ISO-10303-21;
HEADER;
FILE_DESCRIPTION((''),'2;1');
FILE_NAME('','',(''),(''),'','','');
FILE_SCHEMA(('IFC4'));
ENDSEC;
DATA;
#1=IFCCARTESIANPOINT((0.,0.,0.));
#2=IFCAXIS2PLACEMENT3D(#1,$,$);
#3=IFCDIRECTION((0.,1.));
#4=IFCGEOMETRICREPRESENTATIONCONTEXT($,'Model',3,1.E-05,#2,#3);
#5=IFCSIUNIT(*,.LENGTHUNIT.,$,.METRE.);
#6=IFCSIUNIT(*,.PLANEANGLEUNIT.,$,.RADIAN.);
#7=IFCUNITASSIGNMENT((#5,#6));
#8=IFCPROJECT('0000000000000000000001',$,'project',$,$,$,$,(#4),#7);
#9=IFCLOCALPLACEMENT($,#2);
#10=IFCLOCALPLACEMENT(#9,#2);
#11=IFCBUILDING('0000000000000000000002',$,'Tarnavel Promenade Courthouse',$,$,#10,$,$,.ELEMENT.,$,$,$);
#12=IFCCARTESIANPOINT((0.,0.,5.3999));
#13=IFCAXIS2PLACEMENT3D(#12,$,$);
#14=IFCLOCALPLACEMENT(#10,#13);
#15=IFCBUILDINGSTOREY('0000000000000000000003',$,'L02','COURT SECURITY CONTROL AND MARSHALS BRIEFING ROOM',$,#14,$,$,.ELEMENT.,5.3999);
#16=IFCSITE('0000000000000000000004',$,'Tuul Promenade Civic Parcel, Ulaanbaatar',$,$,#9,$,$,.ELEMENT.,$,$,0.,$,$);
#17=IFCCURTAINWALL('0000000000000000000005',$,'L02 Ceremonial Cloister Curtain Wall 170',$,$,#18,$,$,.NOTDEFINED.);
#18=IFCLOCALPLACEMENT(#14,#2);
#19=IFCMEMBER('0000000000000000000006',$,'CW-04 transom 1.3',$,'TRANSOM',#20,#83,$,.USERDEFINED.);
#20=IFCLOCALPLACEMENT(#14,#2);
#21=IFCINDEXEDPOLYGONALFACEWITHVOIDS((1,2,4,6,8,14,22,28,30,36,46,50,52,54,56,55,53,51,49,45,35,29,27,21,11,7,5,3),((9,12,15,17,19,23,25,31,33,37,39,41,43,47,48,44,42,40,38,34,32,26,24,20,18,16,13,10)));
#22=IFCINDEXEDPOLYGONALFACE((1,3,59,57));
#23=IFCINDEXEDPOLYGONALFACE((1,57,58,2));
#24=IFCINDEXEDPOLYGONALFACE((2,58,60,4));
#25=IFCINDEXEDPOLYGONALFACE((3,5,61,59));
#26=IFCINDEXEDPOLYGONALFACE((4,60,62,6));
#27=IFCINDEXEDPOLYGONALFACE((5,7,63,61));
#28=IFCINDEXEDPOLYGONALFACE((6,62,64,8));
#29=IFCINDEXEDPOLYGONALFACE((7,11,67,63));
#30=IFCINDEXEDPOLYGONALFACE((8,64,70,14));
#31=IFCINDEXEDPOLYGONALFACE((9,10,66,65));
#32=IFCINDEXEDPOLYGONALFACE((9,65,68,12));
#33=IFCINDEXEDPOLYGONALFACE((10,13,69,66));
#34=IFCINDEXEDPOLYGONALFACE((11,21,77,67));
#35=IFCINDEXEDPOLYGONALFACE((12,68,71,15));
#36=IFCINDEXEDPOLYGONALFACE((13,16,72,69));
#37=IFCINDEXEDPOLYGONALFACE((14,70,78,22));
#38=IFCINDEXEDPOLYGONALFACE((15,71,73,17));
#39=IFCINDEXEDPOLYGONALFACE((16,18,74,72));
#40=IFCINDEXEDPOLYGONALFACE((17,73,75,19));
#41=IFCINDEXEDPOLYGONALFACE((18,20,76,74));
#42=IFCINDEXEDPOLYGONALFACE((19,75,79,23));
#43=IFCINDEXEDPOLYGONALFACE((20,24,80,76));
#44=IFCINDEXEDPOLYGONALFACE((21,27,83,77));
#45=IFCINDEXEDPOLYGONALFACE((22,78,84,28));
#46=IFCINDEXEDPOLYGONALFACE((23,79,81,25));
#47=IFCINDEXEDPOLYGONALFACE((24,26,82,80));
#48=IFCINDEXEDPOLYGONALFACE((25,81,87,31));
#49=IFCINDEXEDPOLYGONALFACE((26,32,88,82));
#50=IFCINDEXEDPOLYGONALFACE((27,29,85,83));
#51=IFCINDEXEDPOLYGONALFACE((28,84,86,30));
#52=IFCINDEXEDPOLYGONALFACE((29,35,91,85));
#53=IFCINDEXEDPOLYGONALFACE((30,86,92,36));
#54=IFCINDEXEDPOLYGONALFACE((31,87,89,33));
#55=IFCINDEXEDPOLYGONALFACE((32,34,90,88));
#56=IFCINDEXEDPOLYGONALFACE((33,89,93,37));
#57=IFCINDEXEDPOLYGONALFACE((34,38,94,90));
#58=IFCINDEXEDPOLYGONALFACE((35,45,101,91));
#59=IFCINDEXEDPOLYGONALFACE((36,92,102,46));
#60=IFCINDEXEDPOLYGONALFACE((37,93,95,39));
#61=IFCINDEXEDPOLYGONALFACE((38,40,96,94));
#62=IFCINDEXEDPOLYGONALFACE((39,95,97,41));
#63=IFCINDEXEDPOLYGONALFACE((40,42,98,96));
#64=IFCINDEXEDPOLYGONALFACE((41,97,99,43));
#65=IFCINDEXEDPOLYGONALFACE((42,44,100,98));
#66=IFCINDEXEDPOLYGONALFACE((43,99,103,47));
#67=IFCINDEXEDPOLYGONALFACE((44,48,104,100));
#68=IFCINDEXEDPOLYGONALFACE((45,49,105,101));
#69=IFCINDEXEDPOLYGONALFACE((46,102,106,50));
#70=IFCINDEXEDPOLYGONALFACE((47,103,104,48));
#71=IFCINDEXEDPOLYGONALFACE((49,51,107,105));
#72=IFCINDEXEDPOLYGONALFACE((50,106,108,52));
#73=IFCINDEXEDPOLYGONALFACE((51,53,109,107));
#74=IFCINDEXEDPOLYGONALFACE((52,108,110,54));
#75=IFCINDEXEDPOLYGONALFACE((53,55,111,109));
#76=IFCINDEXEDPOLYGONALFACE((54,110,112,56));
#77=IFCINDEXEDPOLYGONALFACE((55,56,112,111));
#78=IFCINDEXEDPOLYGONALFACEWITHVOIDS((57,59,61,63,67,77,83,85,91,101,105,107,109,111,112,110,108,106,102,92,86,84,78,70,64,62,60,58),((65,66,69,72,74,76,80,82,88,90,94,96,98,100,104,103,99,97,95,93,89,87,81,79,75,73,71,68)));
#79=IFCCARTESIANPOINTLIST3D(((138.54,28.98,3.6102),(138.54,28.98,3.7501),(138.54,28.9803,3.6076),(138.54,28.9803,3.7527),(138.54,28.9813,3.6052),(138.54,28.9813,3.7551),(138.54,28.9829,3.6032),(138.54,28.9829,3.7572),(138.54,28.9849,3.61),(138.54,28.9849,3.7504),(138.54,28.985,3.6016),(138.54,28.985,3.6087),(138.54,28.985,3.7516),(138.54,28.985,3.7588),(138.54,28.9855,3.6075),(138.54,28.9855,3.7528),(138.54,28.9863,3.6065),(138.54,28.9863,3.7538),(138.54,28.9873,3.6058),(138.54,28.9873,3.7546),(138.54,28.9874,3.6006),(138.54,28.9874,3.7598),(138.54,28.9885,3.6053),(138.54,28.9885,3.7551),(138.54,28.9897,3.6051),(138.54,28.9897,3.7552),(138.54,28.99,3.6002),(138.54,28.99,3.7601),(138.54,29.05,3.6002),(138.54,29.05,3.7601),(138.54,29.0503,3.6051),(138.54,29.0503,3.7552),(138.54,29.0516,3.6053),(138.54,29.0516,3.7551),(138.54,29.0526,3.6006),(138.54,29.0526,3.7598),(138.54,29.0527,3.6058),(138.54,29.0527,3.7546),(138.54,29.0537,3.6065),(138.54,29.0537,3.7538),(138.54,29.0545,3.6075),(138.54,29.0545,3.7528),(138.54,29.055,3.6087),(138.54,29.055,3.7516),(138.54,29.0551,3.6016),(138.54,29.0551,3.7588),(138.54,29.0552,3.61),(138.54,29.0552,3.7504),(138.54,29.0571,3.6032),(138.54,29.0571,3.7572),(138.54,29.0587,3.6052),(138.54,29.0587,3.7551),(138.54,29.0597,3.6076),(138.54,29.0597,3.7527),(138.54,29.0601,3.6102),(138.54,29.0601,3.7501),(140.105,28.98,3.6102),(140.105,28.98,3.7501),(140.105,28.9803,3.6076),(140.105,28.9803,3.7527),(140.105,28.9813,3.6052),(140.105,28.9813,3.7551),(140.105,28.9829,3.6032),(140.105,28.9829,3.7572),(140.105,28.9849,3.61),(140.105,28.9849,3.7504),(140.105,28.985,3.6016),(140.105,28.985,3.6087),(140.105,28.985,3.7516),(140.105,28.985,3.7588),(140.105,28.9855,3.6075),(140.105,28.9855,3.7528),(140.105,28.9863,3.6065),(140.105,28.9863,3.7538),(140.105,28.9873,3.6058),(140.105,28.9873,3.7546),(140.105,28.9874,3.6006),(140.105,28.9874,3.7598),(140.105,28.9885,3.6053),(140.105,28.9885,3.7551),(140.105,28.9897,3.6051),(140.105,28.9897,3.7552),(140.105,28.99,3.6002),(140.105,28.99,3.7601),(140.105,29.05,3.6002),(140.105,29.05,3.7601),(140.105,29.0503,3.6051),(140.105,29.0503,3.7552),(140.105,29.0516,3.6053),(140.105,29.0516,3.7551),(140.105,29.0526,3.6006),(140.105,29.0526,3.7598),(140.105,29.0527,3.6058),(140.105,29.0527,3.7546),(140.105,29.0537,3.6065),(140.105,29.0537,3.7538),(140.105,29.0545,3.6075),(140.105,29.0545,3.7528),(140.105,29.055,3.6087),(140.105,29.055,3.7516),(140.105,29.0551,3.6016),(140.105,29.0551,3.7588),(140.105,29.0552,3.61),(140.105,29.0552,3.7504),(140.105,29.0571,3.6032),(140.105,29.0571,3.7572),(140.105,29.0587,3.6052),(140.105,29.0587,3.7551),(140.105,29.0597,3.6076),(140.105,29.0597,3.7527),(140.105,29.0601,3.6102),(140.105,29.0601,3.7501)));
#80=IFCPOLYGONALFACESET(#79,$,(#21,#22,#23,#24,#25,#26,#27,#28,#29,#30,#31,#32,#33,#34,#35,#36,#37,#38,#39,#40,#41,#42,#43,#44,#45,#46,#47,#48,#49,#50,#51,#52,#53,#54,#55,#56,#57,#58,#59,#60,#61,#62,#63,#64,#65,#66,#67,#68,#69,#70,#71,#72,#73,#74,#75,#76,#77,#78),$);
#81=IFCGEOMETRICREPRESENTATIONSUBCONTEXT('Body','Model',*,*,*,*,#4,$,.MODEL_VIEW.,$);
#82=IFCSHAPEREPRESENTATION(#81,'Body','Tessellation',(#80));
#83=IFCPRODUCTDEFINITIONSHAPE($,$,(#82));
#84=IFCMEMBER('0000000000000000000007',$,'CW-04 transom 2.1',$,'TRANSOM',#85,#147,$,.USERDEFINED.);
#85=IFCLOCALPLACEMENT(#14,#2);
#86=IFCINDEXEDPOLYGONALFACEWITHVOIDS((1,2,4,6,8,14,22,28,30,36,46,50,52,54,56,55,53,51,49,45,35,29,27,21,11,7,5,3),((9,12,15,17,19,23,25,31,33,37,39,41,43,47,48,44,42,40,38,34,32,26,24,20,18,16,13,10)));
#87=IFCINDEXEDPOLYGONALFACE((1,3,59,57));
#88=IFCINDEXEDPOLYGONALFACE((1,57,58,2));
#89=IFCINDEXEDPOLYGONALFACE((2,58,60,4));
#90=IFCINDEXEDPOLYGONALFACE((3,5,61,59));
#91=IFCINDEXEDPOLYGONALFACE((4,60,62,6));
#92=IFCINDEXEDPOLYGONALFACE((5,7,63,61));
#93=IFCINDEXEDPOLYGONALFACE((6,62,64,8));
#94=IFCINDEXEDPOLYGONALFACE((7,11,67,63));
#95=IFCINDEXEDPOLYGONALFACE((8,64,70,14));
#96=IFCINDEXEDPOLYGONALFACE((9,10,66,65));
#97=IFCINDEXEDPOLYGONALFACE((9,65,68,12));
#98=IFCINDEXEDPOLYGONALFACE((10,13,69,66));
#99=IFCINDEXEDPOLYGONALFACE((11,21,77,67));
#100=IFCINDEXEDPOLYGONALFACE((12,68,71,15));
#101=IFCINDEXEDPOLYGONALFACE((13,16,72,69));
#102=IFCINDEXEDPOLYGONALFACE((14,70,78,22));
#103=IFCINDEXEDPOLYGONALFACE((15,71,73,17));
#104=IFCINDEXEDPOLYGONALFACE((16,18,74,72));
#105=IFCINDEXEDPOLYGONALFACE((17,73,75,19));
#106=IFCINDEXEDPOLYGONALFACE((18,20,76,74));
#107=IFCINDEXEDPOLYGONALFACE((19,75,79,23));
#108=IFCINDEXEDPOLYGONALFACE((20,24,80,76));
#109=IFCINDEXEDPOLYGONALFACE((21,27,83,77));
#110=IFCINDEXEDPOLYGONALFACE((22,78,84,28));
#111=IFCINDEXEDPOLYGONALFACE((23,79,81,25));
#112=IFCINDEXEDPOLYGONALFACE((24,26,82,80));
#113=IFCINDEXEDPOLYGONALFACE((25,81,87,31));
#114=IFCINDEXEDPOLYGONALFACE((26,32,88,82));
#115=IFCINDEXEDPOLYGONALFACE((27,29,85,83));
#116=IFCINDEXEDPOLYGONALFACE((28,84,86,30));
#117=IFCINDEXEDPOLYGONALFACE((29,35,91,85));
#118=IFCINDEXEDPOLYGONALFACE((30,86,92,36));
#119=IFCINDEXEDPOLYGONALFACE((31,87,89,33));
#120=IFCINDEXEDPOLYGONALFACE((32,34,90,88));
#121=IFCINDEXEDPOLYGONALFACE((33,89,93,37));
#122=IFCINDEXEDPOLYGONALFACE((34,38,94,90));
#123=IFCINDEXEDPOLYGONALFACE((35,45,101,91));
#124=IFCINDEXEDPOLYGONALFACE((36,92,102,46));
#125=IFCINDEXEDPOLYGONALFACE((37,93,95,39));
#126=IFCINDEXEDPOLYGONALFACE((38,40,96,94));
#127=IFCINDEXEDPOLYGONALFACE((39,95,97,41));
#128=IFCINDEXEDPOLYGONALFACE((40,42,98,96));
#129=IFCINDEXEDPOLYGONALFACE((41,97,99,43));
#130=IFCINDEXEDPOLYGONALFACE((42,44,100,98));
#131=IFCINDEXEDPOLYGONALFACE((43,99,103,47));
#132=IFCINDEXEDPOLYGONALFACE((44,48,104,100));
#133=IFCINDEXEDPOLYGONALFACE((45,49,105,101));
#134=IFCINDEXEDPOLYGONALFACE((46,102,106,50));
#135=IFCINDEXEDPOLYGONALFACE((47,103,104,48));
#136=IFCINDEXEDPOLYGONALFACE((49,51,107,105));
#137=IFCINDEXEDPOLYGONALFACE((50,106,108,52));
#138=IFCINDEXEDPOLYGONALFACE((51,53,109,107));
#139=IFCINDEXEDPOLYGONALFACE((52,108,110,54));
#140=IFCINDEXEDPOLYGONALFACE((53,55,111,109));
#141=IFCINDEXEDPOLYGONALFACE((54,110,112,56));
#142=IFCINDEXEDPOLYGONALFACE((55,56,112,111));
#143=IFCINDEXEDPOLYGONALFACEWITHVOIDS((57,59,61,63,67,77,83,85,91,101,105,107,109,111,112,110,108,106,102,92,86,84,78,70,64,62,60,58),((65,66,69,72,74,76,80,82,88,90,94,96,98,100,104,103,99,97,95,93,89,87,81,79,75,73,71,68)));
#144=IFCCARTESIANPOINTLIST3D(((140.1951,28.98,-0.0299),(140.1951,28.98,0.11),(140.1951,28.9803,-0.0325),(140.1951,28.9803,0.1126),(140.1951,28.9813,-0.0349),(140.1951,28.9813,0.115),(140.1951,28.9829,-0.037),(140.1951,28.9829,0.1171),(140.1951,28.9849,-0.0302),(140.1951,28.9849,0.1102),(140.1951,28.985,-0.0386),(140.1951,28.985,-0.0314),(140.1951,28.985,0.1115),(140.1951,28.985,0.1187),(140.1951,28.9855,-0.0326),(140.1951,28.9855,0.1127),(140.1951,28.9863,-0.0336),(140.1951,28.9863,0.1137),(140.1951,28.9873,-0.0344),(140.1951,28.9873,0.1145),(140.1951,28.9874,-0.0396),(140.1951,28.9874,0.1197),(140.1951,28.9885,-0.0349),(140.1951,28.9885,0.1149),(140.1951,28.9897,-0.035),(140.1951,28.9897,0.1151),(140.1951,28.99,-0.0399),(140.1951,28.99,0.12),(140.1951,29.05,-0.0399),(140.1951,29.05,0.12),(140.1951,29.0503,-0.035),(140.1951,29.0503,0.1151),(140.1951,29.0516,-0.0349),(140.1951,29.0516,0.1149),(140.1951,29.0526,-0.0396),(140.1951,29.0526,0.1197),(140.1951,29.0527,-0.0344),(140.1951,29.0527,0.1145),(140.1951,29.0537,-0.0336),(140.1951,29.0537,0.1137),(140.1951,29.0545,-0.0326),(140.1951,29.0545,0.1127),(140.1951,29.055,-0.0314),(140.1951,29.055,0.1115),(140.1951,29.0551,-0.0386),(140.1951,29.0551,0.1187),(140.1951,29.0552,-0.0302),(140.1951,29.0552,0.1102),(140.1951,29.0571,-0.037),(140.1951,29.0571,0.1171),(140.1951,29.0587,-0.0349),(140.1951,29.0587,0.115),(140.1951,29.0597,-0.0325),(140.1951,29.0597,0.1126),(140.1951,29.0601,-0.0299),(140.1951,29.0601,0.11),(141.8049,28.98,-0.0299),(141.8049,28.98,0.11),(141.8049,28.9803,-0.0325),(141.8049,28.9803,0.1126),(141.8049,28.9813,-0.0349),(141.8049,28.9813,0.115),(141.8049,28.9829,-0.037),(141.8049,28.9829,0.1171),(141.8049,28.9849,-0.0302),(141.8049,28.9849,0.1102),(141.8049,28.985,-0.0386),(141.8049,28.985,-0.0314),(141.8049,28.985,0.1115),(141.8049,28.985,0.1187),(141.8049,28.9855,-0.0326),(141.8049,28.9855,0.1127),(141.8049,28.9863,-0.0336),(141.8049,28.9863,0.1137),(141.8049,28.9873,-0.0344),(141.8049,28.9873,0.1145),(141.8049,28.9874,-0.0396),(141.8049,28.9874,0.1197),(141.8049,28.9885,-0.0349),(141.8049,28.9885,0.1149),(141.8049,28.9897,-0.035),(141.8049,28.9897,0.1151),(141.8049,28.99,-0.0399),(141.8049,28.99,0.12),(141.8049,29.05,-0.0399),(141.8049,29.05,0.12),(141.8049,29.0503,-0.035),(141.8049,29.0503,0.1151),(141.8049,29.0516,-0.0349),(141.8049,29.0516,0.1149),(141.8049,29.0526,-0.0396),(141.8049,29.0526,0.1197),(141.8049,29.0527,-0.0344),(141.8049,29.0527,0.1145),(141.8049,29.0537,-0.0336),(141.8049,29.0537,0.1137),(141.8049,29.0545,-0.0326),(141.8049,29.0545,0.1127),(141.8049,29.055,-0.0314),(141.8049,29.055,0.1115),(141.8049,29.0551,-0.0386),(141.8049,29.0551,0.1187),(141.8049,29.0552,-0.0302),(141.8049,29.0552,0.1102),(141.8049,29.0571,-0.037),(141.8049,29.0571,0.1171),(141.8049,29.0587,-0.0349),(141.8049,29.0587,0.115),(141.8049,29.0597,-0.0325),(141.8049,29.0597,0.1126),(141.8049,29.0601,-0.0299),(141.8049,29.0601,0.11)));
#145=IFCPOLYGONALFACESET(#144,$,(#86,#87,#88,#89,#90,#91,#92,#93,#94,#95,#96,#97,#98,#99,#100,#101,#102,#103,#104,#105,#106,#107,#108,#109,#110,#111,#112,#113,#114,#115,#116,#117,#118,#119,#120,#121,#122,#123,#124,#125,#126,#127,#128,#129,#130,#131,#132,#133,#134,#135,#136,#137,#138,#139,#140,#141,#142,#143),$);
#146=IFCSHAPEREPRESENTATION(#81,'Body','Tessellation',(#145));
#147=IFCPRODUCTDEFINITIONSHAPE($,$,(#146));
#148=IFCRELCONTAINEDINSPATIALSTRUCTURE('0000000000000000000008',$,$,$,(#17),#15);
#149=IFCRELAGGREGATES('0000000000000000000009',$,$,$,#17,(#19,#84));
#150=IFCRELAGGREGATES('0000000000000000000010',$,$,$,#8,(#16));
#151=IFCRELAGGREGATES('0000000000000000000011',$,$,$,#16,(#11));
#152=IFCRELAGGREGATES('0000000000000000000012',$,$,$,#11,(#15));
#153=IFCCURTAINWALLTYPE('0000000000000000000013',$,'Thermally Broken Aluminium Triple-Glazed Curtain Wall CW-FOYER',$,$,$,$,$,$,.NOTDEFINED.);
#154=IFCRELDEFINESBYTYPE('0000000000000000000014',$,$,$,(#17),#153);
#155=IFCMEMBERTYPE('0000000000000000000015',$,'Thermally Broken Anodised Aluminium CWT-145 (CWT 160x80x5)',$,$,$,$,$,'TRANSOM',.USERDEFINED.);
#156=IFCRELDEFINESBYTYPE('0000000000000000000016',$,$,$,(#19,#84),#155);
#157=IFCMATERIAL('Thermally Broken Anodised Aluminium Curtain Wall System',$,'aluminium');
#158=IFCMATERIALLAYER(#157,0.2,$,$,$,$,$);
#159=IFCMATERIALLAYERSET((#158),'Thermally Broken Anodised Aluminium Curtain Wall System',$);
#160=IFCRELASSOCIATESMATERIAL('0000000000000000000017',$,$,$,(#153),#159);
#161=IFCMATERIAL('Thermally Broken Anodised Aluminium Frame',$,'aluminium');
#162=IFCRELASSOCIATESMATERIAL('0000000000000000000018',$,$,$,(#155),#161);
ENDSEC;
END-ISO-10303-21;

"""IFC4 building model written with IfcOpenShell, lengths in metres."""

from ifc_helpers import new_model, si_unit, direction, frame, origin, origin_2d, place, context, subcontext, project, spatial, hollow_rectangle, extrude, material, layer, layer_set, material_profile, profile_set, type_object, element, aggregate, save


model = new_model("IFC4")

# Units and contexts
model_context = context("Model", 3, precision=1e-05, world=origin(), true_north=direction((0.0, 1.0)))
body_context = subcontext(model_context, "Body", "Model", "MODEL_VIEW")
ifc_project = project(units=[si_unit("LENGTHUNIT", "METRE"), si_unit("PLANEANGLEUNIT", "RADIAN")], contexts=[model_context])

# Site, building, storey
site_placement = place(None, origin())
site = spatial("IfcSite", under=ifc_project, at=site_placement, Name="Tuul Promenade Civic Parcel, Ulaanbaatar", CompositionType="ELEMENT", RefElevation=0.0)
building_placement = place(site_placement, origin())
building = spatial("IfcBuilding", under=site, at=building_placement, Name="Tarnavel Promenade Courthouse", CompositionType="ELEMENT")
storey_placement = place(building_placement, frame((0.0, 0.0, 5.3999)))
storey = spatial("IfcBuildingStorey", under=building, at=storey_placement, Name="L02", Description="COURT SECURITY CONTROL AND MARSHALS BRIEFING ROOM", CompositionType="ELEMENT", Elevation=5.3999)

# Curtain wall
ifc_material_1 = material(Name="Thermally Broken Anodised Aluminium Curtain Wall System", Category="aluminium")
ifc_layer_1 = layer(ifc_material_1, 0.2)
ifc_layer_set_1 = layer_set([ifc_layer_1], Name="Thermally Broken Anodised Aluminium Curtain Wall System")
curtain_wall_type = type_object("IfcCurtainWallType", Name="Thermally Broken Aluminium Triple-Glazed Curtain Wall CW-FOYER", PredefinedType="NOTDEFINED", material=ifc_layer_set_1)
curtain_wall_1_placement = place(storey_placement, origin())
curtain_wall_1 = element("IfcCurtainWall", 1, at=curtain_wall_1_placement, inside=storey, type_object=curtain_wall_type, Name="L02 Ceremonial Cloister Curtain Wall 170", PredefinedType="NOTDEFINED")
ifc_material_2 = material(Name="Thermally Broken Anodised Aluminium Frame", Category="aluminium")

# Members
ifc_material_profile_1 = material_profile(ifc_material_2, hollow_rectangle(XDim=0.0801, YDim=0.1599, WallThickness=0.0049, InnerFilletRadius=0.0049, OuterFilletRadius=0.01, at=origin_2d()), Name="CWT 160x80x5")
ifc_profile_set_1 = profile_set([ifc_material_profile_1], Name="Thermally Broken Anodised Aluminium Frame")
member_type_1 = type_object("IfcMemberType", Name="Thermally Broken Anodised Aluminium CWT-145 (CWT 160x80x5)", ElementType="TRANSOM", PredefinedType="USERDEFINED", material=ifc_profile_set_1)
member_1_placement = place(storey_placement, frame((138.54, 29.02, 3.6802), z_axis=(1.0, 0.0, 0.0), x_axis=(0.0, 1.0, 0.0)))
member_1 = element("IfcMember", 2, at=member_1_placement, type_object=member_type_1, Name="CW-04 transom 1.3", ObjectType="TRANSOM", PredefinedType="USERDEFINED", context=body_context, shape_type="SweptSolid", body=[
    extrude(hollow_rectangle(XDim=0.0801, YDim=0.1599, WallThickness=0.0049, InnerFilletRadius=0.0049, OuterFilletRadius=0.01, at=origin_2d()), origin(), (0.0, 0.0, 1.0), 1.5649),
])
member_2_placement = place(storey_placement, frame((140.1951, 29.02, 0.04), z_axis=(1.0, 0.0, 0.0), x_axis=(0.0, 1.0, 0.0)))
member_2 = element("IfcMember", 3, at=member_2_placement, type_object=member_type_1, Name="CW-04 transom 2.1", ObjectType="TRANSOM", PredefinedType="USERDEFINED", context=body_context, shape_type="SweptSolid", body=[
    extrude(hollow_rectangle(XDim=0.0801, YDim=0.1599, WallThickness=0.0049, InnerFilletRadius=0.0049, OuterFilletRadius=0.01, at=origin_2d()), origin(), (0.0, 0.0, 1.0), 1.6099),
])

aggregate(curtain_wall_1, [member_1, member_2])

save(model, "model.ifc")
